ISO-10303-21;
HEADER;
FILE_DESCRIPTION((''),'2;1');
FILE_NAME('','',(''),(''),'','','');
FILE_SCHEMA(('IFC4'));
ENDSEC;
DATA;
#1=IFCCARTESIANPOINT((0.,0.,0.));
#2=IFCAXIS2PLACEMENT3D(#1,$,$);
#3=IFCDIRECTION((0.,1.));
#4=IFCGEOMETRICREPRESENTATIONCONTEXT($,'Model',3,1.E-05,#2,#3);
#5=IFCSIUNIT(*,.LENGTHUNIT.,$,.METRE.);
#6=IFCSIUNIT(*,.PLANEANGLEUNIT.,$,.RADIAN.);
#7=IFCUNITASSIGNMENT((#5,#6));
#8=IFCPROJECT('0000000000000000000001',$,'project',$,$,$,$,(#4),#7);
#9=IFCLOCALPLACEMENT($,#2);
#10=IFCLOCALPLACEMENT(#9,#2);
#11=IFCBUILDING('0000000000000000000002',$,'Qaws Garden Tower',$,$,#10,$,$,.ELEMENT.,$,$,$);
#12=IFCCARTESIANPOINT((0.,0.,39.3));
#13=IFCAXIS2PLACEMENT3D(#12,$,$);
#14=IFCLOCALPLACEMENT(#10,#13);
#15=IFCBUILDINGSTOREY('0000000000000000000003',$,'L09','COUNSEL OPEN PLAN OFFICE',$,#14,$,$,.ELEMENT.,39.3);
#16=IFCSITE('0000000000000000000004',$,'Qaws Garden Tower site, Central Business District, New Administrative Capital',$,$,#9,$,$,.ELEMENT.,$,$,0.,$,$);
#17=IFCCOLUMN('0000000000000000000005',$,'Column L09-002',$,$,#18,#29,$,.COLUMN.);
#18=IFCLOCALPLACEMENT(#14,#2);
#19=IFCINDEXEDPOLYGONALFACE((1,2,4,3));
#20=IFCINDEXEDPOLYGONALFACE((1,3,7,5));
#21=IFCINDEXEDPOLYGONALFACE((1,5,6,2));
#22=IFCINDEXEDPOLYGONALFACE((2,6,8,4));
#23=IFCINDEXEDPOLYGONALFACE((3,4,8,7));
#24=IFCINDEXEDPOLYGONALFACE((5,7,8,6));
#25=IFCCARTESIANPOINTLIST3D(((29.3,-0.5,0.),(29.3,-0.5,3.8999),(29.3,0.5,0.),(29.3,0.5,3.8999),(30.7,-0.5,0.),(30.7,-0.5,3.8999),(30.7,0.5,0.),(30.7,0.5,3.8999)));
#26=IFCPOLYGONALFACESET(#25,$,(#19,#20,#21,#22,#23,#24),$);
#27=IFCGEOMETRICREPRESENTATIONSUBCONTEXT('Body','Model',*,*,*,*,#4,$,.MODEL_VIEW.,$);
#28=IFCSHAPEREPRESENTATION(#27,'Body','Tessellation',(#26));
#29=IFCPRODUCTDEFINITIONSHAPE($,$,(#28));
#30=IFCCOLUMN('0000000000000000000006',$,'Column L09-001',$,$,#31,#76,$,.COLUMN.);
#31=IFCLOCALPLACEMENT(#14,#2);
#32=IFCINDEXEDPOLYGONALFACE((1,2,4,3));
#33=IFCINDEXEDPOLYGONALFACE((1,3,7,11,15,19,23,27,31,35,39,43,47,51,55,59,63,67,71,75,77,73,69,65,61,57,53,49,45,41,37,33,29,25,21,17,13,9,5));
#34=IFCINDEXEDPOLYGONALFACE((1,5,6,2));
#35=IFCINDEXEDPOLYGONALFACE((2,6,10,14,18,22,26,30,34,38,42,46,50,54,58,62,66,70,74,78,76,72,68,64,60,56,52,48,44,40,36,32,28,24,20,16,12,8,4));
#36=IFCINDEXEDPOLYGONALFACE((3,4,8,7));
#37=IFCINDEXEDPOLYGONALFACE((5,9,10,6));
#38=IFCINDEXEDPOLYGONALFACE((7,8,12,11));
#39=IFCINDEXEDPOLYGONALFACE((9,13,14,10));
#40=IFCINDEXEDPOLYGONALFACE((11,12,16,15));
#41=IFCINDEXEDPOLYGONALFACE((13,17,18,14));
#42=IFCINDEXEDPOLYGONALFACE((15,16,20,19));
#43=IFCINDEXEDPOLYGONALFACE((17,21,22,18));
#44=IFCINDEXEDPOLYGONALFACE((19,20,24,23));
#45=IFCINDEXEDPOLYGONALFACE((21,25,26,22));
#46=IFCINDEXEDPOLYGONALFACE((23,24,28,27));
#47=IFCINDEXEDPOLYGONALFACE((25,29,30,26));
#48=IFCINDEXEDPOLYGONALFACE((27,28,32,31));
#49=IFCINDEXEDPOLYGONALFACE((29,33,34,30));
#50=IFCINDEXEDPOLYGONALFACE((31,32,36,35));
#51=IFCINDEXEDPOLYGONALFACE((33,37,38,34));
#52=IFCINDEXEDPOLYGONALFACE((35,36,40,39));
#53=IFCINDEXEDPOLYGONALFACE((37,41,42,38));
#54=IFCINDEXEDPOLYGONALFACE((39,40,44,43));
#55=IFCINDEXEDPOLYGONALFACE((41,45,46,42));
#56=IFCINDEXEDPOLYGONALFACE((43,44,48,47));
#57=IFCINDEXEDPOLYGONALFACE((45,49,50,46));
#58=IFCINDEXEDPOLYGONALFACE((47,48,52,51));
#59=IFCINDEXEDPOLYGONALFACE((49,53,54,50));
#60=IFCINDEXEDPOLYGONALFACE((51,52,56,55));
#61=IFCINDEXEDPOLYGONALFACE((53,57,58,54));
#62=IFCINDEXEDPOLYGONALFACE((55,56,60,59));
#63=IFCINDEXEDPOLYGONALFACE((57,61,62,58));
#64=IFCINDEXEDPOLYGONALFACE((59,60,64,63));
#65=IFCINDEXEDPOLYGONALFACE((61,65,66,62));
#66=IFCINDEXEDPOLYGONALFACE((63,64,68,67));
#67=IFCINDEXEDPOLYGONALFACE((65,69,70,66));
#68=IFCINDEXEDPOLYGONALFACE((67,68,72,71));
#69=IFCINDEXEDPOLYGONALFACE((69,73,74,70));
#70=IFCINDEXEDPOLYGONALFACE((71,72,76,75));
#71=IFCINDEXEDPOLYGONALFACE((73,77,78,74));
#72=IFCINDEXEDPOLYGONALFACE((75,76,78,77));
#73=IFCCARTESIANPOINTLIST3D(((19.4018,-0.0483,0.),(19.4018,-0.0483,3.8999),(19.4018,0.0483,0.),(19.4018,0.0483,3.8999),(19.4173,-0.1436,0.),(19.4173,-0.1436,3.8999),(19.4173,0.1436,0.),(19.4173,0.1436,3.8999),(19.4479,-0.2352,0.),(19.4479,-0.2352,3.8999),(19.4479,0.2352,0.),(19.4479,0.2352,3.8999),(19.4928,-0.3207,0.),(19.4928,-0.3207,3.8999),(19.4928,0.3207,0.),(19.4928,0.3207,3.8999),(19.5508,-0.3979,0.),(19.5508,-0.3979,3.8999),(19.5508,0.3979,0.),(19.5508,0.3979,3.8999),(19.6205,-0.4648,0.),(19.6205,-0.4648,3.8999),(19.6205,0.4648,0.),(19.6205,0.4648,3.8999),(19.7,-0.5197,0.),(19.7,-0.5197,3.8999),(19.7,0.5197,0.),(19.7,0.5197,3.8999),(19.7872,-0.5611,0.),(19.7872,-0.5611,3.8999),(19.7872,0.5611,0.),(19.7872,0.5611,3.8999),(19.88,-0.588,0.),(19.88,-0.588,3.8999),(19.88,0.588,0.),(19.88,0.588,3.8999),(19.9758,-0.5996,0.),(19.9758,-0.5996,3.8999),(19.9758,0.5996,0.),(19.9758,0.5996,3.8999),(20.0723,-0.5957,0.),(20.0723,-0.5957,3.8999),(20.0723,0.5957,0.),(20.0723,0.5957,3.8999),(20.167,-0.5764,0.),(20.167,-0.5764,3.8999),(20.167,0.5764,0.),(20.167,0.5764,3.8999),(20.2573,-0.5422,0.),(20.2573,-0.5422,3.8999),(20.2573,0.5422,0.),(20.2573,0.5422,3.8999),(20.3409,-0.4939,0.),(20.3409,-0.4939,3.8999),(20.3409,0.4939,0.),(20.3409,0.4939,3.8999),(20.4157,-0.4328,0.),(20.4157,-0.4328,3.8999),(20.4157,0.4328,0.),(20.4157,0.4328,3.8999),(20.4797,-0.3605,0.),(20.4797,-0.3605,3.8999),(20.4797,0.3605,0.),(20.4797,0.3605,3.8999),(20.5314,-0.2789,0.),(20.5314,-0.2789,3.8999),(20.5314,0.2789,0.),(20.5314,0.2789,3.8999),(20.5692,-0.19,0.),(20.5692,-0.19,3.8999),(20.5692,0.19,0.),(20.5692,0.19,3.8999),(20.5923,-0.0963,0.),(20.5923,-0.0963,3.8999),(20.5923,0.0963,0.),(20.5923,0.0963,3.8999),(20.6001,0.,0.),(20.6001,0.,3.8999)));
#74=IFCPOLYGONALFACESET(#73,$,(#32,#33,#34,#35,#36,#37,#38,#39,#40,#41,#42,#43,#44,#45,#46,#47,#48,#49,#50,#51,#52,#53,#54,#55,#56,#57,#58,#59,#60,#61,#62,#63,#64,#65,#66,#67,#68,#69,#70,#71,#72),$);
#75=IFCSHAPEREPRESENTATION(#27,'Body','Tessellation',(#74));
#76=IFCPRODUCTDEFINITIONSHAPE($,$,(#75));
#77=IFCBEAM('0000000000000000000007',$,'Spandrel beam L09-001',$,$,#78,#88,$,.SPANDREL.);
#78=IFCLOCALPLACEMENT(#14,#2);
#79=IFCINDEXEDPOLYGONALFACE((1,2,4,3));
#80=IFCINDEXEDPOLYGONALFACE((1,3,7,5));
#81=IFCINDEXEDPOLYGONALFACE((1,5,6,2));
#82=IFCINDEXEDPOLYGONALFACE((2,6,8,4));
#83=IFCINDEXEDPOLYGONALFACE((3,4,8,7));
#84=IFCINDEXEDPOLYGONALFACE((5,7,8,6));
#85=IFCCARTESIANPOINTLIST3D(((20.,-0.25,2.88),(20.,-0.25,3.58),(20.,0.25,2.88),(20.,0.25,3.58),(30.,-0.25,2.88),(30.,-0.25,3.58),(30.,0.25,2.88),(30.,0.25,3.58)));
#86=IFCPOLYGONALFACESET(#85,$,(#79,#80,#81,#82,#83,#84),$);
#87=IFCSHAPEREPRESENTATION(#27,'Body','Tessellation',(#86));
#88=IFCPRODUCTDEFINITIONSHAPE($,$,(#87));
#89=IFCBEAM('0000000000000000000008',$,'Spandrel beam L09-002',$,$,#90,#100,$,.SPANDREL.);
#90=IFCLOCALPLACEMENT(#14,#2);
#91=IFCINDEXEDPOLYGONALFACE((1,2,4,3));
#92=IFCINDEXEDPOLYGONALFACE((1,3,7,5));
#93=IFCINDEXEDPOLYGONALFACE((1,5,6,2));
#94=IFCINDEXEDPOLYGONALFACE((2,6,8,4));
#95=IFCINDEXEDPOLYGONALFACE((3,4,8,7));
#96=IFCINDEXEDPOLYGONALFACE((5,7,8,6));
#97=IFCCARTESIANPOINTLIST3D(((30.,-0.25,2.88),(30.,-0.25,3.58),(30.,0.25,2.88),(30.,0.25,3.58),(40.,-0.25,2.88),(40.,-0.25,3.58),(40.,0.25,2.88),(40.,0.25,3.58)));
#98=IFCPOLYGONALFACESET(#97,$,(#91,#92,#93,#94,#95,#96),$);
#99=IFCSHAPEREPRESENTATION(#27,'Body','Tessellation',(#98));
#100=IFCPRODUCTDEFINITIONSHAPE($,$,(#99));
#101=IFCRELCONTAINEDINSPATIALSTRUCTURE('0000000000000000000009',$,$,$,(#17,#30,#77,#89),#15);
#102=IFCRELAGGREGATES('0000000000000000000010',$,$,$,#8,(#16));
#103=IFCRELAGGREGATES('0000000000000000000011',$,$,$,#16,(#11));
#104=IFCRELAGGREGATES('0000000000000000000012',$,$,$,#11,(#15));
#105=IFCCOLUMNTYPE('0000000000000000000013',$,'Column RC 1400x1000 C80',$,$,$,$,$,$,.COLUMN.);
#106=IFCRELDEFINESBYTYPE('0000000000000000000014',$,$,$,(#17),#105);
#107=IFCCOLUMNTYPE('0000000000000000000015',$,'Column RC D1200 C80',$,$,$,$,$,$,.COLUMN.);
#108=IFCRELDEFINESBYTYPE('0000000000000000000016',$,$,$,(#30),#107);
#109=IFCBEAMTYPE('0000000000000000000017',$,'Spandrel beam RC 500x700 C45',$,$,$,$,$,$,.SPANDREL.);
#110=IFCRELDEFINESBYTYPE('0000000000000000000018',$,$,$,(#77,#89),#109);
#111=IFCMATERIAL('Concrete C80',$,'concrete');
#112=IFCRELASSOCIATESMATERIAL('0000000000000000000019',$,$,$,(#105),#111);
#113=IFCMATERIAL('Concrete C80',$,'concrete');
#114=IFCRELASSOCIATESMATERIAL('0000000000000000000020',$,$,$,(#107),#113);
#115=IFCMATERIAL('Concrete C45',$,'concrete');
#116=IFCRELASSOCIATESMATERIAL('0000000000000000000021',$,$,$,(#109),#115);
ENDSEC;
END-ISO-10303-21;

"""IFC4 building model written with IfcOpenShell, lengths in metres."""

from ifc_helpers import new_model, si_unit, direction, frame, origin, origin_2d, place, context, subcontext, project, spatial, rectangle, circle, extrude, material, material_profile, profile_set, type_object, element, save


model = new_model("IFC4")

# Units and contexts
model_context = context("Model", 3, precision=1e-05, world=origin(), true_north=direction((0.0, 1.0)))
body_context = subcontext(model_context, "Body", "Model", "MODEL_VIEW")
ifc_project = project(units=[si_unit("LENGTHUNIT", "METRE"), si_unit("PLANEANGLEUNIT", "RADIAN")], contexts=[model_context])

# Site, building, storey
site_placement = place(None, origin())
site = spatial("IfcSite", under=ifc_project, at=site_placement, Name="Qaws Garden Tower site, Central Business District, New Administrative Capital", CompositionType="ELEMENT", RefElevation=0.0)
building_placement = place(site_placement, origin())
building = spatial("IfcBuilding", under=site, at=building_placement, Name="Qaws Garden Tower", CompositionType="ELEMENT")
storey_placement = place(building_placement, frame((0.0, 0.0, 39.3)))
storey = spatial("IfcBuildingStorey", under=building, at=storey_placement, Name="L09", Description="COUNSEL OPEN PLAN OFFICE", CompositionType="ELEMENT", Elevation=39.3)

# Columns
ifc_material_1 = material(Name="Concrete C80", Category="concrete")
ifc_material_profile_1 = material_profile(ifc_material_1, rectangle(XDim=1.3999, YDim=1.0, at=origin_2d()), Name="RC 1400x1000")
ifc_profile_set_1 = profile_set([ifc_material_profile_1], Name="Concrete C80")
column_type_1 = type_object("IfcColumnType", Name="Column RC 1400x1000 C80", PredefinedType="COLUMN", material=ifc_profile_set_1)
column_1_placement = place(storey_placement, frame((30.0, 0.0, 0.0), z_axis=(0.0, 0.0, 1.0), x_axis=(1.0, 0.0, 0.0)))
element("IfcColumn", 1, at=column_1_placement, inside=storey, type_object=column_type_1, Name="Column L09-002", PredefinedType="COLUMN", context=body_context, shape_type="SweptSolid", body=[
    extrude(rectangle(XDim=1.3999, YDim=1.0, at=origin_2d()), origin(), (0.0, 0.0, 1.0), 3.8999),
])
ifc_material_2 = material(Name="Concrete C80", Category="concrete")
ifc_material_profile_2 = material_profile(ifc_material_2, circle(Radius=0.6001, at=origin_2d()), Name="RC D1200")
ifc_profile_set_2 = profile_set([ifc_material_profile_2], Name="Concrete C80")
column_type_2 = type_object("IfcColumnType", Name="Column RC D1200 C80", PredefinedType="COLUMN", material=ifc_profile_set_2)
column_2_placement = place(storey_placement, frame((20.0, 0.0, 0.0), z_axis=(0.0, 0.0, 1.0), x_axis=(1.0, 0.0, 0.0)))
element("IfcColumn", 2, at=column_2_placement, inside=storey, type_object=column_type_2, Name="Column L09-001", PredefinedType="COLUMN", context=body_context, shape_type="SweptSolid", body=[
    extrude(circle(Radius=0.6001, at=origin_2d()), origin(), (0.0, 0.0, 1.0), 3.8999),
])

# Beams
ifc_material_3 = material(Name="Concrete C45", Category="concrete")
ifc_material_profile_3 = material_profile(ifc_material_3, rectangle(XDim=0.5, YDim=0.7, at=origin_2d()), Name="RC 500x700")
ifc_profile_set_3 = profile_set([ifc_material_profile_3], Name="Concrete C45")
beam_type = type_object("IfcBeamType", Name="Spandrel beam RC 500x700 C45", PredefinedType="SPANDREL", material=ifc_profile_set_3)
for number, where, z_axis, x_axis, name in (
    (3, (20.0, 0.0, 3.23), (1.0, 0.0, 0.0), (0.0, 1.0, 0.0), "Spandrel beam L09-001"),
    (4, (30.0, 0.0, 3.23), (1.0, 0.0, 0.0), (0.0, 1.0, 0.0), "Spandrel beam L09-002"),
):
    element("IfcBeam", number, at=place(storey_placement, frame(where, z_axis=z_axis, x_axis=x_axis)), inside=storey, type_object=beam_type, Name=name, PredefinedType="SPANDREL", context=body_context, shape_type="SweptSolid", body=[
        extrude(rectangle(XDim=0.5, YDim=0.7, at=origin_2d()), origin(), (0.0, 0.0, 1.0), 10.0),
    ])

save(model, "model.ifc")
